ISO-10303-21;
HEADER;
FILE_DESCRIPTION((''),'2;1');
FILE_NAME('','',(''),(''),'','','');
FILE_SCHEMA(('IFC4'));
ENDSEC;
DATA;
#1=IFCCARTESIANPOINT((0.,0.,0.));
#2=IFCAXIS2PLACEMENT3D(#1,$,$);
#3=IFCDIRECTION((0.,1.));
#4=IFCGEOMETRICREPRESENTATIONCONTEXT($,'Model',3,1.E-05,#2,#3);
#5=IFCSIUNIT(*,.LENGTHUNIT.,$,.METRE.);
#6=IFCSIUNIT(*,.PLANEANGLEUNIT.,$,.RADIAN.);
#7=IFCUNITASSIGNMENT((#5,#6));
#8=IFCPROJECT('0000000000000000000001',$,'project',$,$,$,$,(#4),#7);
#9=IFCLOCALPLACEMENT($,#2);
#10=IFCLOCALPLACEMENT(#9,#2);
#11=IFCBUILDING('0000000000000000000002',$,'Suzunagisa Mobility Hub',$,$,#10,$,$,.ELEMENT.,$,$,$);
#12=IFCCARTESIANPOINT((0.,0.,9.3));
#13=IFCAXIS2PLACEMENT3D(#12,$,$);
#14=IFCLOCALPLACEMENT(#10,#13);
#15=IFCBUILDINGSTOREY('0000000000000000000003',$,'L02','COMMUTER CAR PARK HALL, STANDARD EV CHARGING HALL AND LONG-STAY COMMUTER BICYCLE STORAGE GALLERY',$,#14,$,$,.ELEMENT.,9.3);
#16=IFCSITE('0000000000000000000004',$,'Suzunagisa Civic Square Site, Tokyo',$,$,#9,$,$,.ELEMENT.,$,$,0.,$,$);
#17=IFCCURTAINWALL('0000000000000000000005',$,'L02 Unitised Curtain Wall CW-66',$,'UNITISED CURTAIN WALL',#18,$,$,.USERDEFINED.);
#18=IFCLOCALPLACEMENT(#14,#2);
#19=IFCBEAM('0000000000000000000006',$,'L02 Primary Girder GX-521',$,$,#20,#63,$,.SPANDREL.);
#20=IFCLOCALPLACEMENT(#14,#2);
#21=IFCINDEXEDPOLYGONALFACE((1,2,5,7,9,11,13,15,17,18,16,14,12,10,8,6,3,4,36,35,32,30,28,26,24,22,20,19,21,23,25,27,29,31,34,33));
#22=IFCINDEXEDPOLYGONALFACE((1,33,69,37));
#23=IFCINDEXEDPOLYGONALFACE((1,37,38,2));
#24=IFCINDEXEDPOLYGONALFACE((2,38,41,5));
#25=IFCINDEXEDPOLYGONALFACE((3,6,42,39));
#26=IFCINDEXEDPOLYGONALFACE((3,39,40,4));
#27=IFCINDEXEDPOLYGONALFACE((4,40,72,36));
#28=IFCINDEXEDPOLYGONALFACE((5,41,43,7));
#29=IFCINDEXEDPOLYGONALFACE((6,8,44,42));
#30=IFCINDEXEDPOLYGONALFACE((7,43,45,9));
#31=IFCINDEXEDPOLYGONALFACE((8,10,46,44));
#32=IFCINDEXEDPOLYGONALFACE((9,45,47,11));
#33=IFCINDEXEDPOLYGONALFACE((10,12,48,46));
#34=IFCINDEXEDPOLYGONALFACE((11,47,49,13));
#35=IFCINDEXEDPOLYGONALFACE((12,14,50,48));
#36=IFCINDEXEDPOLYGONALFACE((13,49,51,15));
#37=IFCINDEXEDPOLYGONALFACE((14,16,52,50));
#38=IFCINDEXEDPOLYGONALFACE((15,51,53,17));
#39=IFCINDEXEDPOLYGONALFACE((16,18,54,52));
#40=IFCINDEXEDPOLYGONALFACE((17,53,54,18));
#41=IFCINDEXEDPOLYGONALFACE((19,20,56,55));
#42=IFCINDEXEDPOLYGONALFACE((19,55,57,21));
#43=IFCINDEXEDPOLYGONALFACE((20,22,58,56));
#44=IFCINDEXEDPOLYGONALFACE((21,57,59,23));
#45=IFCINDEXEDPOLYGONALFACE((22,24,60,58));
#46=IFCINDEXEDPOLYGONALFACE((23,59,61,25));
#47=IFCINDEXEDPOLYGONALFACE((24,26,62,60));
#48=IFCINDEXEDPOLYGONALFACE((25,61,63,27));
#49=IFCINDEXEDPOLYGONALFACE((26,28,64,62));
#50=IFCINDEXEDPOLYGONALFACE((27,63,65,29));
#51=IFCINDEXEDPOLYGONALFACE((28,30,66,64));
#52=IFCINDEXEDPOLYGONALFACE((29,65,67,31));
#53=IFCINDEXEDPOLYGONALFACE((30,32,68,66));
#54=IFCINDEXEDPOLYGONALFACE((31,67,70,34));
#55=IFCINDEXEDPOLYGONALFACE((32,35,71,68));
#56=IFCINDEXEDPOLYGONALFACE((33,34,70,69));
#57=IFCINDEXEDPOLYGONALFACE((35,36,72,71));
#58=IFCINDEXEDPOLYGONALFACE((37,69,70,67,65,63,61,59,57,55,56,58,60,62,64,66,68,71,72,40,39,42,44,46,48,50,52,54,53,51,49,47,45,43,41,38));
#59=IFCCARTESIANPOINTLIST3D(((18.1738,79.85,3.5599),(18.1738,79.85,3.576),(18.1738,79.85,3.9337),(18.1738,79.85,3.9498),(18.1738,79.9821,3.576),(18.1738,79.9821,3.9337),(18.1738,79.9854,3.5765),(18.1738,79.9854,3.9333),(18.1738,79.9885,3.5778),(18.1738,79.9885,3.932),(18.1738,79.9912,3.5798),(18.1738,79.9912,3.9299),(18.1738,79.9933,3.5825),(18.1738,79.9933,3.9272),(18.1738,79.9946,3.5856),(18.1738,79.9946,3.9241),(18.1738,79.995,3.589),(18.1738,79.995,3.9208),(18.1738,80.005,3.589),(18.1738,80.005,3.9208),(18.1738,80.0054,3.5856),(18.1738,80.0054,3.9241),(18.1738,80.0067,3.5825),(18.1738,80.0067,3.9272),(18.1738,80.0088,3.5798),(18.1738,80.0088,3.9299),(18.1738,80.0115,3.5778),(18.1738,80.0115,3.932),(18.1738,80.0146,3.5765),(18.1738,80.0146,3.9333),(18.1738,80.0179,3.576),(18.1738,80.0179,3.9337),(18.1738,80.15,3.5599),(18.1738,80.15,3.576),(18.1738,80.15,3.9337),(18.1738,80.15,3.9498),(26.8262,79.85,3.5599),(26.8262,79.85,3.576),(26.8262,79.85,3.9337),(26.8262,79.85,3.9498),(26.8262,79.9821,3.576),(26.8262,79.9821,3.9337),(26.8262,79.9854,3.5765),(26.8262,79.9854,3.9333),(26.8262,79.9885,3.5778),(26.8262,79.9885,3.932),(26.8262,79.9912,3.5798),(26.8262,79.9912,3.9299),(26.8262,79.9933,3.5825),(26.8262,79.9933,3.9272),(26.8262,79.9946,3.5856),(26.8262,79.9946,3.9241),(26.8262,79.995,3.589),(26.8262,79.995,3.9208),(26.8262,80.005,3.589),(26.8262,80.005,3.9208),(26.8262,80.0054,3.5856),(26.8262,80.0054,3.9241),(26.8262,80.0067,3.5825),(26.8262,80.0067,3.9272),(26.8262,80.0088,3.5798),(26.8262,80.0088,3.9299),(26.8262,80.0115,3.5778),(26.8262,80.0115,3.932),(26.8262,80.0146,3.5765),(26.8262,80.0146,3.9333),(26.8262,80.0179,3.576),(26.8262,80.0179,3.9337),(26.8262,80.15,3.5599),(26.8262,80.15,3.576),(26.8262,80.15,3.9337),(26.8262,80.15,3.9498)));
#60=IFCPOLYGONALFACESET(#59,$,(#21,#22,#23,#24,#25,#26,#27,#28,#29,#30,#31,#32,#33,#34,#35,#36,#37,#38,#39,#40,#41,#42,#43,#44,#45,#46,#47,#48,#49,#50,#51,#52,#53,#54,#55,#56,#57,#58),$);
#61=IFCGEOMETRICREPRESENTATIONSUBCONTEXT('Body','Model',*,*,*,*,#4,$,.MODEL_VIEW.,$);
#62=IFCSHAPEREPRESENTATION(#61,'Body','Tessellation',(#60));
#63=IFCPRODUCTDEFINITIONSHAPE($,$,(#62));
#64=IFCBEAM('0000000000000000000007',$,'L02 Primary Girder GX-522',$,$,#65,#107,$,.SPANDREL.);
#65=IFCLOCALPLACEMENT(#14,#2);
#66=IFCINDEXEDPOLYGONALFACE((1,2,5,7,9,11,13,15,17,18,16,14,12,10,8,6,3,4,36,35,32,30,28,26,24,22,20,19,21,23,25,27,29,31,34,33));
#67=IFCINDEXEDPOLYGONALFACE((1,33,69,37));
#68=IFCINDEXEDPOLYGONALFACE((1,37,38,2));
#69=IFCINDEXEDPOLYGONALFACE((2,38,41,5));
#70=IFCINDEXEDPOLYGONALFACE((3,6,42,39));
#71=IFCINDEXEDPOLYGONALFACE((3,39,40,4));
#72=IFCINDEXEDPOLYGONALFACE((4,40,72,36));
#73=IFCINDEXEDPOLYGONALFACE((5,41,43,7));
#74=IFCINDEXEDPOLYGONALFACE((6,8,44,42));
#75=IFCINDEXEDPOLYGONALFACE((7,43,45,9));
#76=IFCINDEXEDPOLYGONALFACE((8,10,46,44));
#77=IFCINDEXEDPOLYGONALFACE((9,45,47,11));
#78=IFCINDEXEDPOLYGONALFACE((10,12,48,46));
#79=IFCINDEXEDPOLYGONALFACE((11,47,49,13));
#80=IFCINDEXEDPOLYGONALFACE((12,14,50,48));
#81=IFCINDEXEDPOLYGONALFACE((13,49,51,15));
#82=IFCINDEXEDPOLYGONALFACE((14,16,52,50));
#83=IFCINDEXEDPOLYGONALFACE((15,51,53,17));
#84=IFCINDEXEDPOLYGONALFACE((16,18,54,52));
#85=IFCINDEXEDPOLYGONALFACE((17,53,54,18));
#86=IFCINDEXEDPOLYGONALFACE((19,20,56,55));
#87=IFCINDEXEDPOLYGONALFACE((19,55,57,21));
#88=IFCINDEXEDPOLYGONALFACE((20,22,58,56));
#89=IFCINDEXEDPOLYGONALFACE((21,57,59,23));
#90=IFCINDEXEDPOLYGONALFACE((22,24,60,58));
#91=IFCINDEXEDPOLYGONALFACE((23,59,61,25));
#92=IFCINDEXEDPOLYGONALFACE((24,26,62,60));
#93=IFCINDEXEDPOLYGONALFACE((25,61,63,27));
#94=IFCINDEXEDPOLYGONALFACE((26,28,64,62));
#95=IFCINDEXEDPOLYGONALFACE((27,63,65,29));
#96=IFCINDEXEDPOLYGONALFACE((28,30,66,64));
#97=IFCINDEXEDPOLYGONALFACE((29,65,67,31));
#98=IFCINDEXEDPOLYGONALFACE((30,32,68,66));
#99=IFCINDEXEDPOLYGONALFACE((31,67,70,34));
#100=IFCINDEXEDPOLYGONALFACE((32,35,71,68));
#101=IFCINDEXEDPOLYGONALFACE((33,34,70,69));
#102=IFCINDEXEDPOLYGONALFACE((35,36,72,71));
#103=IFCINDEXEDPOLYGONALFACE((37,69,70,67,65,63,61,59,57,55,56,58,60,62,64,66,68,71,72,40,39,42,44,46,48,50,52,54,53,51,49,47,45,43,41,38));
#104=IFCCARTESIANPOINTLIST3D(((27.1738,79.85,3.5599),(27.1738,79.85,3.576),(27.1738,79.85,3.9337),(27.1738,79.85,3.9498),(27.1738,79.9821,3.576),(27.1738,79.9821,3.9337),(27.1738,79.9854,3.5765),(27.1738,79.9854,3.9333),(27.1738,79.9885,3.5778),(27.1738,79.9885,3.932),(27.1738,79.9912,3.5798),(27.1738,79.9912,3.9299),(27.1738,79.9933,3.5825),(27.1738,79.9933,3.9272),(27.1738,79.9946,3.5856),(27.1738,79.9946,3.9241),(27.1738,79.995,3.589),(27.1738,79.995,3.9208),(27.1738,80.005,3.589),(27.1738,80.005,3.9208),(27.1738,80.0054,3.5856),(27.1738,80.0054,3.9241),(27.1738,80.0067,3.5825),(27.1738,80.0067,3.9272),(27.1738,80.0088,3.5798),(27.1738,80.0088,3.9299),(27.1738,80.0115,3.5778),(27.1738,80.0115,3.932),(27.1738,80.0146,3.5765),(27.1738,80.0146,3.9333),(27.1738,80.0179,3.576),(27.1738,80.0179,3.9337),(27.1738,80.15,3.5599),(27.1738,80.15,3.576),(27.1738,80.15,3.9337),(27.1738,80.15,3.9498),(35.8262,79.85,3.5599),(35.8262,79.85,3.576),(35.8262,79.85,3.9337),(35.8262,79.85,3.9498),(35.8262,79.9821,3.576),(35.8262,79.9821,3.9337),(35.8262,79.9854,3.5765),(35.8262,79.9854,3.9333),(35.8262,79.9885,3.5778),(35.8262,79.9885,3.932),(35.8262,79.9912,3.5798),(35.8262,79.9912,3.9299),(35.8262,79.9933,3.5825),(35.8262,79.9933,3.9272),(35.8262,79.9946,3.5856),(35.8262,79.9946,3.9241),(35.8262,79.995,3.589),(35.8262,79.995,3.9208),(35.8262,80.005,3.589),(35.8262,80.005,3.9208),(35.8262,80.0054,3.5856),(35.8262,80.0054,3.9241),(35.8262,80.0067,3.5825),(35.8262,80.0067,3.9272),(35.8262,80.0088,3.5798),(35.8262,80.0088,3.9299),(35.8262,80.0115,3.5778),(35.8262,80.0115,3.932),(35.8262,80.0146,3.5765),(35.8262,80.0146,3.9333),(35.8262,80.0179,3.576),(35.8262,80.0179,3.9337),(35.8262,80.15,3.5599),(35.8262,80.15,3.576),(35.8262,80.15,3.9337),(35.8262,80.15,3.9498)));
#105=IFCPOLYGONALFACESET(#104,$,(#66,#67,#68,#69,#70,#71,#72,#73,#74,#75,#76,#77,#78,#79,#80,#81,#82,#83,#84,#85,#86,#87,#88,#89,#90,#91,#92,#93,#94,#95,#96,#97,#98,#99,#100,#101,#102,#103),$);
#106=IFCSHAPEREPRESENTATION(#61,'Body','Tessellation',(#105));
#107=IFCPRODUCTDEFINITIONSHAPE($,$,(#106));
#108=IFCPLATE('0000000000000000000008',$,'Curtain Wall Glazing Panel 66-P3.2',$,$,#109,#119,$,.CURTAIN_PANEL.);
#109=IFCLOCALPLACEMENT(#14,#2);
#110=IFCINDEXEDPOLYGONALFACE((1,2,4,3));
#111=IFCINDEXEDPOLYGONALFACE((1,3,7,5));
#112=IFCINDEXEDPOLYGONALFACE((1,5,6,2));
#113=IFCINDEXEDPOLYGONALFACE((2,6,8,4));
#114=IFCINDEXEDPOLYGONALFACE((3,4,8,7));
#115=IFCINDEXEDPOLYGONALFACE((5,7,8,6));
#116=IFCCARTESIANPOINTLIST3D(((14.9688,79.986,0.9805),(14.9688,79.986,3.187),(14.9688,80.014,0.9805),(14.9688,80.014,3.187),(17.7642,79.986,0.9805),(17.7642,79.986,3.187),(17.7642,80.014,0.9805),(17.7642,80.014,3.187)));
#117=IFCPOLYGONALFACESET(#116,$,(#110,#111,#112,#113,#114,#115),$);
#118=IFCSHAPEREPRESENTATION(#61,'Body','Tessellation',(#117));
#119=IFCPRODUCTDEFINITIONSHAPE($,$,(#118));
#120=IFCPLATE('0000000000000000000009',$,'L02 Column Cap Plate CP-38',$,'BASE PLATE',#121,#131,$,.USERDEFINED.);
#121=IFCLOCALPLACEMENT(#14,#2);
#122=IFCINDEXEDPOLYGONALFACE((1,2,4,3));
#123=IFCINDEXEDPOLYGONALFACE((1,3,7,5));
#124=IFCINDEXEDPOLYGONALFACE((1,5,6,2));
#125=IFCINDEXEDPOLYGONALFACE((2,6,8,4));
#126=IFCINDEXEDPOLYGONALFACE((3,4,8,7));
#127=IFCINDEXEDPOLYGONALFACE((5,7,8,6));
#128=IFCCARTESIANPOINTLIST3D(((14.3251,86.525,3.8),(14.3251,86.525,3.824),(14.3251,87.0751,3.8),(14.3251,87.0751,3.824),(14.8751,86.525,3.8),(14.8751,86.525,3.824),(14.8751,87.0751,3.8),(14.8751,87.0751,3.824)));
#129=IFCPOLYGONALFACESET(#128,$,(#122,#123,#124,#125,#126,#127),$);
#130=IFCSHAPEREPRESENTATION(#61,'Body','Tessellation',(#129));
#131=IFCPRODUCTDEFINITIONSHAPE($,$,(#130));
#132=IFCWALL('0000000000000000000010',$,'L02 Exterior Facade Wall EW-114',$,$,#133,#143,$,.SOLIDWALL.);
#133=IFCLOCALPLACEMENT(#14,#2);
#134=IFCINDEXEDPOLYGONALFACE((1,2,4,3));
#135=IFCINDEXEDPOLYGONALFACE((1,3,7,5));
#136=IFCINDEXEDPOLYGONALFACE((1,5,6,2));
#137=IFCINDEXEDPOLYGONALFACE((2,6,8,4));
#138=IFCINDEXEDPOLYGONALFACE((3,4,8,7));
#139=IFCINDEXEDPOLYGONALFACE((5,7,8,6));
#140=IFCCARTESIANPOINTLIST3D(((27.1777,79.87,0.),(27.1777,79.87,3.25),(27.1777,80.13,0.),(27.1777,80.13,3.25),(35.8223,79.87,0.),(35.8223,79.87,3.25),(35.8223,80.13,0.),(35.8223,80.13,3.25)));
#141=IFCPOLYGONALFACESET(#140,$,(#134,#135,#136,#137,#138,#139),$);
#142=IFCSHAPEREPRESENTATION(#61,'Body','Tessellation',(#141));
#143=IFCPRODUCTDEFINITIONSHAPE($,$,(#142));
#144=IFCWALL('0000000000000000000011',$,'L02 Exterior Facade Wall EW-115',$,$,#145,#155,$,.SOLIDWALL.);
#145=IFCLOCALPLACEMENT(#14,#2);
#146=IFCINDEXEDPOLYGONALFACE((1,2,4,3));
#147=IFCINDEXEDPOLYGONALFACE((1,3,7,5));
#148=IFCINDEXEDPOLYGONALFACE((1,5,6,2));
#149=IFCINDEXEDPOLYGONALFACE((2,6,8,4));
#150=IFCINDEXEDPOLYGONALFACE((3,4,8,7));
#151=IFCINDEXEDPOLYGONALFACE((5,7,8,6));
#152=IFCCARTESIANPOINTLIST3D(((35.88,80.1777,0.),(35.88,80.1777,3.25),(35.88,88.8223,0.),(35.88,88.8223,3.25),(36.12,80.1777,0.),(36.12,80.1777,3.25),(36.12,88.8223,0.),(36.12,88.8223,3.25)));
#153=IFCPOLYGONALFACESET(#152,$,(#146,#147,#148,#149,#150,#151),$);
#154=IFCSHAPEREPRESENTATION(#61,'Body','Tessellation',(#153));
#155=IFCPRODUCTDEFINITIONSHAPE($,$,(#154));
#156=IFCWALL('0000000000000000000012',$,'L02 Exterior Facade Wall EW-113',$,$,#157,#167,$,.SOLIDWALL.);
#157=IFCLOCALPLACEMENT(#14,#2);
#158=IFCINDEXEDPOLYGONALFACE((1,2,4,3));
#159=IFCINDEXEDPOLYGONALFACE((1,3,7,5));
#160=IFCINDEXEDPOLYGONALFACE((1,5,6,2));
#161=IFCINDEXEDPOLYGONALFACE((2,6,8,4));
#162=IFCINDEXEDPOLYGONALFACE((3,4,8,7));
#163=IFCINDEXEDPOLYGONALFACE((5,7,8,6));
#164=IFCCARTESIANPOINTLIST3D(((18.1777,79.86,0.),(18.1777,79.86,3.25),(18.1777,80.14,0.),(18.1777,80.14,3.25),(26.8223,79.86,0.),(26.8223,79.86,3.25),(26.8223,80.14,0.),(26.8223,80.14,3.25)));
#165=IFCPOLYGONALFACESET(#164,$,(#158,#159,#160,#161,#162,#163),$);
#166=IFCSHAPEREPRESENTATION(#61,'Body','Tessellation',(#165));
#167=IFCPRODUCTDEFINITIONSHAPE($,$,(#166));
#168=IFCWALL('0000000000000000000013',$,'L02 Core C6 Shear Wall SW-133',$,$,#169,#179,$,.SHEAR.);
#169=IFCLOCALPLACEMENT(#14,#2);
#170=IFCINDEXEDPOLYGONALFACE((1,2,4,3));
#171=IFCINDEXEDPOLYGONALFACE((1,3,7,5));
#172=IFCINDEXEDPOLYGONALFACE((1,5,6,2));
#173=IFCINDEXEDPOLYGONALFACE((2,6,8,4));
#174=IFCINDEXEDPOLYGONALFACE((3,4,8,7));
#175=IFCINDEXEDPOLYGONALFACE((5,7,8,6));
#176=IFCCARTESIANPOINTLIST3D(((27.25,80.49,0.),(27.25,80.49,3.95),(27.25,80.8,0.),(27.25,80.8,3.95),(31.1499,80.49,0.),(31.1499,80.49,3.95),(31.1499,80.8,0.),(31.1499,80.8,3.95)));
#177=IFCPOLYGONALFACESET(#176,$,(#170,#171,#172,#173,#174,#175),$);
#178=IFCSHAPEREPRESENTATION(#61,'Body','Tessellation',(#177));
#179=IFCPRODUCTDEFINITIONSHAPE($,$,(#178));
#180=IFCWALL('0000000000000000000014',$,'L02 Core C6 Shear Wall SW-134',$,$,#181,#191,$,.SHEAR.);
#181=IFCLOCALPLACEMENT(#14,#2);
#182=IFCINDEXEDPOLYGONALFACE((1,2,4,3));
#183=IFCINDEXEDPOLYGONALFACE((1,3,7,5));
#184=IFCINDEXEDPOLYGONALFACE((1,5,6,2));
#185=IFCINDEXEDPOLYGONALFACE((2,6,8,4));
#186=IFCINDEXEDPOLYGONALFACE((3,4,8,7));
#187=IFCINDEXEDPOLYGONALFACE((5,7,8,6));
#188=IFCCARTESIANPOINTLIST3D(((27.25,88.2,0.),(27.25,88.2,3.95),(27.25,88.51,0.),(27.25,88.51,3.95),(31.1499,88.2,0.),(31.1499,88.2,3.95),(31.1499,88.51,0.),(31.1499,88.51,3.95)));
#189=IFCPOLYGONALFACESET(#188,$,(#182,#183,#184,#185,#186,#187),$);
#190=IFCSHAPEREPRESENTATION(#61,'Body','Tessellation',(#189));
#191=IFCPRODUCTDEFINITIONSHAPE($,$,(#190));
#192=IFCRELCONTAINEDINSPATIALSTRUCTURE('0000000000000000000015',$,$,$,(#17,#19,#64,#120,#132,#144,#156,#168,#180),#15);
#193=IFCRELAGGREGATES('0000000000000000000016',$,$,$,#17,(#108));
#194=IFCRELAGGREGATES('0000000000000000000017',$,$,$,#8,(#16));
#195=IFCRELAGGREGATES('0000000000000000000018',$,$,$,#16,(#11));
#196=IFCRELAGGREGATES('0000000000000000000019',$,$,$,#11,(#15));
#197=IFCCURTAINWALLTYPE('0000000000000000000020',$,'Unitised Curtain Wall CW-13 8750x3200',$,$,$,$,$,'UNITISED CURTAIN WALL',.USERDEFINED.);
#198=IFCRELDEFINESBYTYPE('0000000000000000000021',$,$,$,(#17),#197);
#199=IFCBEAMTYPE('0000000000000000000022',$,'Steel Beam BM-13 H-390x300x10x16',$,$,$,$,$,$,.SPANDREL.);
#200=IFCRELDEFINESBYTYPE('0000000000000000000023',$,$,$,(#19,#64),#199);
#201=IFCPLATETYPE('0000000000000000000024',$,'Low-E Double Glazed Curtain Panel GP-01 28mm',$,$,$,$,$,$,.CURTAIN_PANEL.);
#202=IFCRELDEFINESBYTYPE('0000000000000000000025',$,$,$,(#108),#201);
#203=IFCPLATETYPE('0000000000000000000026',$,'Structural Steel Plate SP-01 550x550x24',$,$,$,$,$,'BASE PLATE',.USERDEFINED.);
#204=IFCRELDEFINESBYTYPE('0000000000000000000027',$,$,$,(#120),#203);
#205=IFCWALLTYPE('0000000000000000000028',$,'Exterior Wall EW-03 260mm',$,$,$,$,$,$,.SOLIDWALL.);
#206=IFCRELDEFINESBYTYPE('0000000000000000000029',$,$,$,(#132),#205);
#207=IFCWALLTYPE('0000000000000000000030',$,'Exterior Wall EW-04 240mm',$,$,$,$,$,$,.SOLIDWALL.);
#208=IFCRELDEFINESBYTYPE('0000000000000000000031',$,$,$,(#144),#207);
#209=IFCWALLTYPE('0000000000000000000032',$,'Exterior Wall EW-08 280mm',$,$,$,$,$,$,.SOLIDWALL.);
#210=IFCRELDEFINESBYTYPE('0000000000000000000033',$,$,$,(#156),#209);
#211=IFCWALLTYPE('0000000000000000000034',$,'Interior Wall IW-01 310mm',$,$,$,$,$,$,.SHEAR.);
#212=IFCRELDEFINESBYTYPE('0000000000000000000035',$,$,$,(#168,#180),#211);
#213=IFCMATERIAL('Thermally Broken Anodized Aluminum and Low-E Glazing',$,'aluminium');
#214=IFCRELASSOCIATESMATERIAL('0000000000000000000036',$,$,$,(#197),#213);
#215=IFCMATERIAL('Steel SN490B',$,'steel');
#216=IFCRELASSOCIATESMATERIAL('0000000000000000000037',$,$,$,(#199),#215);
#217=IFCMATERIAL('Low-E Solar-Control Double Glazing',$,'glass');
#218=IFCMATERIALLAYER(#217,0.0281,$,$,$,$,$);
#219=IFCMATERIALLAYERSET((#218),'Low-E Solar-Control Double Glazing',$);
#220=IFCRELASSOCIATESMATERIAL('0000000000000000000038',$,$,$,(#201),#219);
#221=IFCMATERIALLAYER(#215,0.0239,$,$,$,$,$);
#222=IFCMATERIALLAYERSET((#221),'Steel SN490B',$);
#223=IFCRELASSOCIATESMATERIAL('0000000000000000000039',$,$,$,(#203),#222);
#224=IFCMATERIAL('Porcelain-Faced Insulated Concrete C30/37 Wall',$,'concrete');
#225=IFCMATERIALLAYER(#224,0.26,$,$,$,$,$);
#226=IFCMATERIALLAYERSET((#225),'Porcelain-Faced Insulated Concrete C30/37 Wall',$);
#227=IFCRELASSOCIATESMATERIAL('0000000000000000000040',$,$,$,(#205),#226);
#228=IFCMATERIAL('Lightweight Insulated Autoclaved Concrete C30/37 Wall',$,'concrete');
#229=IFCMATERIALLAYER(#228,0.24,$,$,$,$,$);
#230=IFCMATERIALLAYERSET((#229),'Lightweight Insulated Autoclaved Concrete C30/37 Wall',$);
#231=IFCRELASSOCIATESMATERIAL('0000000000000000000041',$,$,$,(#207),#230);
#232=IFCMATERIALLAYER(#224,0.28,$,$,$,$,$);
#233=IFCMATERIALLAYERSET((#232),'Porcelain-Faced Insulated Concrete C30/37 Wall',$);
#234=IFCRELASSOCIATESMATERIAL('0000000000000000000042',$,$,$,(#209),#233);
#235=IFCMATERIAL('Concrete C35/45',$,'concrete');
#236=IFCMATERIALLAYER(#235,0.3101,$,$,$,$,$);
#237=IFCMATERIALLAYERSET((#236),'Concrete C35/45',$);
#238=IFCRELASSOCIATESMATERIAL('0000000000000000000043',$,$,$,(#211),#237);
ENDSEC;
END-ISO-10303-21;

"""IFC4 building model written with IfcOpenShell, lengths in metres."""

from ifc_helpers import new_model, si_unit, direction, frame, frame_2d, origin, origin_2d, place, context, subcontext, project, spatial, rectangle, i_section, extrude, material, layer, layer_set, material_profile, profile_set, type_object, element, aggregate, save


model = new_model("IFC4")

# Units and contexts
model_context = context("Model", 3, precision=1e-05, world=origin(), true_north=direction((0.0, 1.0)))
body_context = subcontext(model_context, "Body", "Model", "MODEL_VIEW")
ifc_project = project(units=[si_unit("LENGTHUNIT", "METRE"), si_unit("PLANEANGLEUNIT", "RADIAN")], contexts=[model_context])

# Site, building, storey
site_placement = place(None, origin())
site = spatial("IfcSite", under=ifc_project, at=site_placement, Name="Suzunagisa Civic Square Site, Tokyo", CompositionType="ELEMENT", RefElevation=0.0)
building_placement = place(site_placement, origin())
building = spatial("IfcBuilding", under=site, at=building_placement, Name="Suzunagisa Mobility Hub", CompositionType="ELEMENT")
storey_placement = place(building_placement, frame((0.0, 0.0, 9.3)))
storey = spatial("IfcBuildingStorey", under=building, at=storey_placement, Name="L02", Description="COMMUTER CAR PARK HALL, STANDARD EV CHARGING HALL AND LONG-STAY COMMUTER BICYCLE STORAGE GALLERY", CompositionType="ELEMENT", Elevation=9.3)

# Shared definitions
ifc_material_1 = material(Name="Steel SN490B", Category="steel")

# Curtain wall
ifc_material_2 = material(Name="Thermally Broken Anodized Aluminum and Low-E Glazing", Category="aluminium")
curtain_wall_type = type_object("IfcCurtainWallType", Name="Unitised Curtain Wall CW-13 8750x3200", ElementType="UNITISED CURTAIN WALL", PredefinedType="USERDEFINED", material=ifc_material_2)
curtain_wall_placement = place(storey_placement, origin())
curtain_wall = element("IfcCurtainWall", 1, at=curtain_wall_placement, inside=storey, type_object=curtain_wall_type, Name="L02 Unitised Curtain Wall CW-66", ObjectType="UNITISED CURTAIN WALL", PredefinedType="USERDEFINED")

# Beams
ifc_material_profile_1 = material_profile(ifc_material_1, i_section(OverallWidth=0.3, OverallDepth=0.3899, WebThickness=0.01, FlangeThickness=0.0161, FilletRadius=0.0129, at=origin_2d()), Name="H-390x300x10x16")
ifc_profile_set_1 = profile_set([ifc_material_profile_1], Name="Steel SN490B")
beam_type_1 = type_object("IfcBeamType", Name="Steel Beam BM-13 H-390x300x10x16", PredefinedType="SPANDREL", material=ifc_profile_set_1)
for number, where, z_axis, x_axis, name in (
    (2, (18.1738, 80.0, 3.7549), (1.0, 0.0, 0.0), (0.0, 1.0, 0.0), "L02 Primary Girder GX-521"),
    (3, (27.1738, 80.0, 3.7549), (1.0, 0.0, 0.0), (0.0, 1.0, 0.0), "L02 Primary Girder GX-522"),
):
    element("IfcBeam", number, at=place(storey_placement, frame(where, z_axis=z_axis, x_axis=x_axis)), inside=storey, type_object=beam_type_1, Name=name, PredefinedType="SPANDREL", context=body_context, shape_type="SweptSolid", body=[
        extrude(i_section(OverallWidth=0.3, OverallDepth=0.3899, WebThickness=0.01, FlangeThickness=0.0161, FilletRadius=0.0129, at=origin_2d()), origin(), (0.0, 0.0, 1.0), 8.6523),
    ])

# Plates
ifc_material_3 = material(Name="Low-E Solar-Control Double Glazing", Category="glass")
ifc_layer_1 = layer(ifc_material_3, 0.0281)
ifc_layer_set_1 = layer_set([ifc_layer_1], Name="Low-E Solar-Control Double Glazing")
plate_type_1 = type_object("IfcPlateType", Name="Low-E Double Glazed Curtain Panel GP-01 28mm", PredefinedType="CURTAIN_PANEL", material=ifc_layer_set_1)
plate_1_placement = place(storey_placement, frame((16.3665, 80.0, 0.9805), z_axis=(0.0, 0.0, 1.0), x_axis=(1.0, 0.0, 0.0)))
plate_1 = element("IfcPlate", 4, at=plate_1_placement, type_object=plate_type_1, Name="Curtain Wall Glazing Panel 66-P3.2", PredefinedType="CURTAIN_PANEL", context=body_context, shape_type="SweptSolid", body=[
    extrude(rectangle(XDim=2.7954, YDim=0.0281, at=origin_2d()), origin(), (0.0, 0.0, 1.0), 2.2065),
])
aggregate(curtain_wall, [plate_1])
ifc_layer_2 = layer(ifc_material_1, 0.0239)
ifc_layer_set_2 = layer_set([ifc_layer_2], Name="Steel SN490B")
plate_type_2 = type_object("IfcPlateType", Name="Structural Steel Plate SP-01 550x550x24", ElementType="BASE PLATE", PredefinedType="USERDEFINED", material=ifc_layer_set_2)
plate_2_placement = place(storey_placement, frame((14.6001, 86.8, 3.8), z_axis=(0.0, 0.0, 1.0), x_axis=(1.0, 0.0, 0.0)))
element("IfcPlate", 5, at=plate_2_placement, inside=storey, type_object=plate_type_2, Name="L02 Column Cap Plate CP-38", ObjectType="BASE PLATE", PredefinedType="USERDEFINED", context=body_context, shape_type="SweptSolid", body=[
    extrude(rectangle(XDim=0.55, YDim=0.55, at=origin_2d()), origin(), (0.0, 0.0, 1.0), 0.0239),
])

# Walls
ifc_material_4 = material(Name="Porcelain-Faced Insulated Concrete C30/37 Wall", Category="concrete")
ifc_layer_3 = layer(ifc_material_4, 0.26)
ifc_layer_set_3 = layer_set([ifc_layer_3], Name="Porcelain-Faced Insulated Concrete C30/37 Wall")
wall_type_1 = type_object("IfcWallType", Name="Exterior Wall EW-03 260mm", PredefinedType="SOLIDWALL", material=ifc_layer_set_3)
wall_1_placement = place(storey_placement, frame((27.1777, 80.0, 0.0), z_axis=(0.0, 0.0, 1.0), x_axis=(1.0, 0.0, 0.0)))
element("IfcWall", 6, at=wall_1_placement, inside=storey, type_object=wall_type_1, Name="L02 Exterior Facade Wall EW-114", PredefinedType="SOLIDWALL", context=body_context, shape_type="SweptSolid", body=[
    extrude(rectangle(XDim=8.6445, YDim=0.26, at=frame_2d((4.3223, 0.0))), origin(), (0.0, 0.0, 1.0), 3.25),
])
ifc_material_5 = material(Name="Lightweight Insulated Autoclaved Concrete C30/37 Wall", Category="concrete")
ifc_layer_4 = layer(ifc_material_5, 0.24)
ifc_layer_set_4 = layer_set([ifc_layer_4], Name="Lightweight Insulated Autoclaved Concrete C30/37 Wall")
wall_type_2 = type_object("IfcWallType", Name="Exterior Wall EW-04 240mm", PredefinedType="SOLIDWALL", material=ifc_layer_set_4)
wall_2_placement = place(storey_placement, frame((36.0, 80.1777, 0.0), z_axis=(0.0, 0.0, 1.0), x_axis=(0.0, 1.0, 0.0)))
element("IfcWall", 7, at=wall_2_placement, inside=storey, type_object=wall_type_2, Name="L02 Exterior Facade Wall EW-115", PredefinedType="SOLIDWALL", context=body_context, shape_type="SweptSolid", body=[
    extrude(rectangle(XDim=8.6445, YDim=0.24, at=frame_2d((4.3223, 0.0))), origin(), (0.0, 0.0, 1.0), 3.25),
])
ifc_layer_5 = layer(ifc_material_4, 0.28)
ifc_layer_set_5 = layer_set([ifc_layer_5], Name="Porcelain-Faced Insulated Concrete C30/37 Wall")
wall_type_3 = type_object("IfcWallType", Name="Exterior Wall EW-08 280mm", PredefinedType="SOLIDWALL", material=ifc_layer_set_5)
wall_3_placement = place(storey_placement, frame((18.1777, 80.0, 0.0), z_axis=(0.0, 0.0, 1.0), x_axis=(1.0, 0.0, 0.0)))
element("IfcWall", 8, at=wall_3_placement, inside=storey, type_object=wall_type_3, Name="L02 Exterior Facade Wall EW-113", PredefinedType="SOLIDWALL", context=body_context, shape_type="SweptSolid", body=[
    extrude(rectangle(XDim=8.6445, YDim=0.28, at=frame_2d((4.3223, 0.0))), origin(), (0.0, 0.0, 1.0), 3.25),
])
ifc_material_6 = material(Name="Concrete C35/45", Category="concrete")
ifc_layer_6 = layer(ifc_material_6, 0.3101)
ifc_layer_set_6 = layer_set([ifc_layer_6], Name="Concrete C35/45")
wall_type_4 = type_object("IfcWallType", Name="Interior Wall IW-01 310mm", PredefinedType="SHEAR", material=ifc_layer_set_6)
for number, where, z_axis, x_axis, name in (
    (9, (27.25, 80.645, 0.0), (0.0, 0.0, 1.0), (1.0, 0.0, 0.0), "L02 Core C6 Shear Wall SW-133"),
    (10, (27.25, 88.355, 0.0), (0.0, 0.0, 1.0), (1.0, 0.0, 0.0), "L02 Core C6 Shear Wall SW-134"),
):
    element("IfcWall", number, at=place(storey_placement, frame(where, z_axis=z_axis, x_axis=x_axis)), inside=storey, type_object=wall_type_4, Name=name, PredefinedType="SHEAR", context=body_context, shape_type="SweptSolid", body=[
        extrude(rectangle(XDim=3.8999, YDim=0.3101, at=frame_2d((1.95, 0.0))), origin(), (0.0, 0.0, 1.0), 3.95),
    ])

save(model, "model.ifc")
